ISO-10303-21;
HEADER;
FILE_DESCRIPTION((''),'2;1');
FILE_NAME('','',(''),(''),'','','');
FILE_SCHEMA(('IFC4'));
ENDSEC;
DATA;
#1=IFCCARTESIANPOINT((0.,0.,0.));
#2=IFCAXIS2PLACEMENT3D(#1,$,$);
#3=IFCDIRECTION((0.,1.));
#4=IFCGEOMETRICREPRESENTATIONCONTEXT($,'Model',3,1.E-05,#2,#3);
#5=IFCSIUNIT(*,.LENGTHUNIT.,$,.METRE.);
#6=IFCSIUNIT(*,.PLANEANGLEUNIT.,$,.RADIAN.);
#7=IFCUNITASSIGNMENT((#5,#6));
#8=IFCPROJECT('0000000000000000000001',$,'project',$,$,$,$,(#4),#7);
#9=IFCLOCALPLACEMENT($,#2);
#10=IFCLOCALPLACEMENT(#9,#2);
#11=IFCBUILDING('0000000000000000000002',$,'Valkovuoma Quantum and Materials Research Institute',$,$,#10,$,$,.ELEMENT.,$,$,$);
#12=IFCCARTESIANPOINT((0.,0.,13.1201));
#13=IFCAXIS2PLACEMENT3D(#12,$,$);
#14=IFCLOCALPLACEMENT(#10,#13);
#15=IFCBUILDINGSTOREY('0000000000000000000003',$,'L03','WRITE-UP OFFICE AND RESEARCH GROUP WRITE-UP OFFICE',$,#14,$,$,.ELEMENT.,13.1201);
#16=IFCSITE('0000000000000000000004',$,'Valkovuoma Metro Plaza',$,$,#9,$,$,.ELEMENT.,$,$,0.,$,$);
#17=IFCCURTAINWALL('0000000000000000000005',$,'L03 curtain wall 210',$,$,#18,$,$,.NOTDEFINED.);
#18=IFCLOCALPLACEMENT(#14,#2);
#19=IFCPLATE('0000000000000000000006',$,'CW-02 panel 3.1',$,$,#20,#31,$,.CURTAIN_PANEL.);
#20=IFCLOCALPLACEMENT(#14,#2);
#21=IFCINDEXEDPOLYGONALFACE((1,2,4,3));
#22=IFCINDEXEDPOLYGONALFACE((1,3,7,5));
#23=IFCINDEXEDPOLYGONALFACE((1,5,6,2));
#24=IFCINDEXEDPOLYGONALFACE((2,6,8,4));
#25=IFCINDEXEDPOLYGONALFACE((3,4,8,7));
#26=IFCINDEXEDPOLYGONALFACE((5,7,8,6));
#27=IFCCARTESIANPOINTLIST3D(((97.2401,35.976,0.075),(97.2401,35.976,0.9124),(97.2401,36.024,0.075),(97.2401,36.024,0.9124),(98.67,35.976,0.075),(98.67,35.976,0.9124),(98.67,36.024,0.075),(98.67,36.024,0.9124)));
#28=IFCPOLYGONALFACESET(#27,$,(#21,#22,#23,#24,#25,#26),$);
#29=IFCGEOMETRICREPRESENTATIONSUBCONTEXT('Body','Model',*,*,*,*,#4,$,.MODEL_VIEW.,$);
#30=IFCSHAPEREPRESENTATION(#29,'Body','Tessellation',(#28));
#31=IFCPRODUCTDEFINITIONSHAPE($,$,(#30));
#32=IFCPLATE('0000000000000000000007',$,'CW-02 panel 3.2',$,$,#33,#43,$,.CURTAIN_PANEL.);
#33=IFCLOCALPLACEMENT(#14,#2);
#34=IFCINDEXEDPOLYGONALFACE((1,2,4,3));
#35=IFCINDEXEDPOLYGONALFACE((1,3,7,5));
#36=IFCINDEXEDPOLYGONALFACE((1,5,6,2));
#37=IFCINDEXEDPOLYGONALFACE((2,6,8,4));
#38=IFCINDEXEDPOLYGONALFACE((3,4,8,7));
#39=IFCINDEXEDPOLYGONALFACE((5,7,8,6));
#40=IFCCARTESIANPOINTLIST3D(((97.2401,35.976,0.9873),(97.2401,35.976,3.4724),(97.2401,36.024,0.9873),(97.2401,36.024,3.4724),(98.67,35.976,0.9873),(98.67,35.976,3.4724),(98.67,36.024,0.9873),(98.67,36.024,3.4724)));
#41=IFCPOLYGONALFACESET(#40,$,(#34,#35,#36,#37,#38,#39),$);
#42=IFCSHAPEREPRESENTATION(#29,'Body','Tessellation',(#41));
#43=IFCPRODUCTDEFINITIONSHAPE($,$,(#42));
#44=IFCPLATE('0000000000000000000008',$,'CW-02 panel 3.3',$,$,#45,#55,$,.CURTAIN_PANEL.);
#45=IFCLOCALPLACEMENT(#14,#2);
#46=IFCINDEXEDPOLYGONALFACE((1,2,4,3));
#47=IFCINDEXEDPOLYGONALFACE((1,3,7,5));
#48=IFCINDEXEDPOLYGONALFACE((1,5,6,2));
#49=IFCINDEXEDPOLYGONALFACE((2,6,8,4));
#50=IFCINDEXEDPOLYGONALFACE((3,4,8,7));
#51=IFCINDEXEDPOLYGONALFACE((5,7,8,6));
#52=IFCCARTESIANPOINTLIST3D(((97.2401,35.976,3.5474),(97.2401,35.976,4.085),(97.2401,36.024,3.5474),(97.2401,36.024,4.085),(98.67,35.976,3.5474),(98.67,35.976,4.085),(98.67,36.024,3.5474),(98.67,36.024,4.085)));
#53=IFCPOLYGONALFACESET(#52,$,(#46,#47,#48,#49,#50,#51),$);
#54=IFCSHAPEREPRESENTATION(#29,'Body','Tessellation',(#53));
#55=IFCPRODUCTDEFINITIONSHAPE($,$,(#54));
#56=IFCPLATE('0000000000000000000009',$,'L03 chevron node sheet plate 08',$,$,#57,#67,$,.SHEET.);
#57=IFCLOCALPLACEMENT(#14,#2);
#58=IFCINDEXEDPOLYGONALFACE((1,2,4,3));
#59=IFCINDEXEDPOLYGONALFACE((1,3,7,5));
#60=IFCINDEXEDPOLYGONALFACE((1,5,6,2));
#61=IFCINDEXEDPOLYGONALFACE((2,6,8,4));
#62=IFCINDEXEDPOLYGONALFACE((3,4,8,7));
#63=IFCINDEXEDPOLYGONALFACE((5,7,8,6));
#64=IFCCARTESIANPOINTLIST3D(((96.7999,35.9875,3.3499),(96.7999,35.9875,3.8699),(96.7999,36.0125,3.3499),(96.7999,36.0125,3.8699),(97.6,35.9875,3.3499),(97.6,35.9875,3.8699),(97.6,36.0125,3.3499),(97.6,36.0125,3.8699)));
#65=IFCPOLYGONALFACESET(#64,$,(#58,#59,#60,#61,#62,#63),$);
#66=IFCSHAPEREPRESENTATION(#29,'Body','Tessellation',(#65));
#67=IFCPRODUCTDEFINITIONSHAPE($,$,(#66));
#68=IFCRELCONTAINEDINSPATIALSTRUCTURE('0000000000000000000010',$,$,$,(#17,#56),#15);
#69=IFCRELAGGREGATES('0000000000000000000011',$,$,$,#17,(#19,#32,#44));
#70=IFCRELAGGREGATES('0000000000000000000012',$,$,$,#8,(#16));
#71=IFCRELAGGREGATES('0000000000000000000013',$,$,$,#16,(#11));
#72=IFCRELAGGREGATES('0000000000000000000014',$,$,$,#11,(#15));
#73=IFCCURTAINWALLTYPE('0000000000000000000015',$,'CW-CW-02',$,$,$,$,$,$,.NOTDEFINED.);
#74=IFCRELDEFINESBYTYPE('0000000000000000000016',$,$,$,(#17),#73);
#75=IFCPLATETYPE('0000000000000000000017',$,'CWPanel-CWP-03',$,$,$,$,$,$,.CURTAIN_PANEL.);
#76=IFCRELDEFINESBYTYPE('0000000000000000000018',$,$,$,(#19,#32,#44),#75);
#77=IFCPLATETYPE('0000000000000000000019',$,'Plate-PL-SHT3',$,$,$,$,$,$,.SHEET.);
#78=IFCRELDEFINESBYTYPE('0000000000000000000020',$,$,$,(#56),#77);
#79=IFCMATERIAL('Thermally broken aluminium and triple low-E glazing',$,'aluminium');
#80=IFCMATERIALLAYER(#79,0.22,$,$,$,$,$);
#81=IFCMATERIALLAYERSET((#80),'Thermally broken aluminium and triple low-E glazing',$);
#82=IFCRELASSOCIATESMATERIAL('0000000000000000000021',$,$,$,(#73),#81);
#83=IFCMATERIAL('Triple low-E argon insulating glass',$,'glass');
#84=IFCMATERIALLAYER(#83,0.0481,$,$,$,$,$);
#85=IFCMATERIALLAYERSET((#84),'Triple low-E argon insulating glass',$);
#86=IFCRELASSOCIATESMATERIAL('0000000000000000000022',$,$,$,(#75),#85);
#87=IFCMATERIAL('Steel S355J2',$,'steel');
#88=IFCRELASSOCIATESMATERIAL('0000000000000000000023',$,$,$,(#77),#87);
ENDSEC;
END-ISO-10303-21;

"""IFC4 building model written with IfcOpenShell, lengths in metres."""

from ifc_helpers import new_model, si_unit, direction, frame, origin, origin_2d, place, context, subcontext, project, spatial, rectangle, extrude, material, layer, layer_set, type_object, element, aggregate, save


model = new_model("IFC4")

# Units and contexts
model_context = context("Model", 3, precision=1e-05, world=origin(), true_north=direction((0.0, 1.0)))
body_context = subcontext(model_context, "Body", "Model", "MODEL_VIEW")
ifc_project = project(units=[si_unit("LENGTHUNIT", "METRE"), si_unit("PLANEANGLEUNIT", "RADIAN")], contexts=[model_context])

# Site, building, storey
site_placement = place(None, origin())
site = spatial("IfcSite", under=ifc_project, at=site_placement, Name="Valkovuoma Metro Plaza", CompositionType="ELEMENT", RefElevation=0.0)
building_placement = place(site_placement, origin())
building = spatial("IfcBuilding", under=site, at=building_placement, Name="Valkovuoma Quantum and Materials Research Institute", CompositionType="ELEMENT")
storey_placement = place(building_placement, frame((0.0, 0.0, 13.1201)))
storey = spatial("IfcBuildingStorey", under=building, at=storey_placement, Name="L03", Description="WRITE-UP OFFICE AND RESEARCH GROUP WRITE-UP OFFICE", CompositionType="ELEMENT", Elevation=13.1201)

# Curtain wall, plates
ifc_material_1 = material(Name="Thermally broken aluminium and triple low-E glazing", Category="aluminium")
ifc_layer_1 = layer(ifc_material_1, 0.22)
ifc_layer_set_1 = layer_set([ifc_layer_1], Name="Thermally broken aluminium and triple low-E glazing")
curtain_wall_type = type_object("IfcCurtainWallType", Name="CW-CW-02", PredefinedType="NOTDEFINED", material=ifc_layer_set_1)
curtain_wall_placement = place(storey_placement, origin())
curtain_wall = element("IfcCurtainWall", 1, at=curtain_wall_placement, inside=storey, type_object=curtain_wall_type, Name="L03 curtain wall 210", PredefinedType="NOTDEFINED")
ifc_material_2 = material(Name="Triple low-E argon insulating glass", Category="glass")
ifc_layer_2 = layer(ifc_material_2, 0.0481)
ifc_layer_set_2 = layer_set([ifc_layer_2], Name="Triple low-E argon insulating glass")
plate_type_1 = type_object("IfcPlateType", Name="CWPanel-CWP-03", PredefinedType="CURTAIN_PANEL", material=ifc_layer_set_2)
plate_1_placement = place(storey_placement, frame((97.9551, 36.0, 0.075), z_axis=(0.0, 0.0, 1.0), x_axis=(1.0, 0.0, 0.0)))
plate_1 = element("IfcPlate", 2, at=plate_1_placement, type_object=plate_type_1, Name="CW-02 panel 3.1", PredefinedType="CURTAIN_PANEL", context=body_context, shape_type="SweptSolid", body=[
    extrude(rectangle(XDim=1.4299, YDim=0.0481, at=origin_2d()), origin(), (0.0, 0.0, 1.0), 0.8374),
])
plate_2_placement = place(storey_placement, frame((97.9551, 36.0, 0.9873), z_axis=(0.0, 0.0, 1.0), x_axis=(1.0, 0.0, 0.0)))
plate_2 = element("IfcPlate", 3, at=plate_2_placement, type_object=plate_type_1, Name="CW-02 panel 3.2", PredefinedType="CURTAIN_PANEL", context=body_context, shape_type="SweptSolid", body=[
    extrude(rectangle(XDim=1.4299, YDim=0.0481, at=origin_2d()), origin(), (0.0, 0.0, 1.0), 2.4851),
])
plate_3_placement = place(storey_placement, frame((97.9551, 36.0, 3.5474), z_axis=(0.0, 0.0, 1.0), x_axis=(1.0, 0.0, 0.0)))
plate_3 = element("IfcPlate", 4, at=plate_3_placement, type_object=plate_type_1, Name="CW-02 panel 3.3", PredefinedType="CURTAIN_PANEL", context=body_context, shape_type="SweptSolid", body=[
    extrude(rectangle(XDim=1.4299, YDim=0.0481, at=origin_2d()), origin(), (0.0, 0.0, 1.0), 0.5376),
])
aggregate(curtain_wall, [plate_1, plate_2, plate_3])

# Plate
ifc_material_3 = material(Name="Steel S355J2", Category="steel")
plate_type_2 = type_object("IfcPlateType", Name="Plate-PL-SHT3", PredefinedType="SHEET", material=ifc_material_3)
plate_4_placement = place(storey_placement, frame((97.2, 36.0, 3.3499), z_axis=(0.0, 0.0, 1.0), x_axis=(1.0, 0.0, 0.0)))
element("IfcPlate", 5, at=plate_4_placement, inside=storey, type_object=plate_type_2, Name="L03 chevron node sheet plate 08", PredefinedType="SHEET", context=body_context, shape_type="SweptSolid", body=[
    extrude(rectangle(XDim=0.8, YDim=0.0249, at=origin_2d()), origin(), (0.0, 0.0, 1.0), 0.52),
])

save(model, "model.ifc")
